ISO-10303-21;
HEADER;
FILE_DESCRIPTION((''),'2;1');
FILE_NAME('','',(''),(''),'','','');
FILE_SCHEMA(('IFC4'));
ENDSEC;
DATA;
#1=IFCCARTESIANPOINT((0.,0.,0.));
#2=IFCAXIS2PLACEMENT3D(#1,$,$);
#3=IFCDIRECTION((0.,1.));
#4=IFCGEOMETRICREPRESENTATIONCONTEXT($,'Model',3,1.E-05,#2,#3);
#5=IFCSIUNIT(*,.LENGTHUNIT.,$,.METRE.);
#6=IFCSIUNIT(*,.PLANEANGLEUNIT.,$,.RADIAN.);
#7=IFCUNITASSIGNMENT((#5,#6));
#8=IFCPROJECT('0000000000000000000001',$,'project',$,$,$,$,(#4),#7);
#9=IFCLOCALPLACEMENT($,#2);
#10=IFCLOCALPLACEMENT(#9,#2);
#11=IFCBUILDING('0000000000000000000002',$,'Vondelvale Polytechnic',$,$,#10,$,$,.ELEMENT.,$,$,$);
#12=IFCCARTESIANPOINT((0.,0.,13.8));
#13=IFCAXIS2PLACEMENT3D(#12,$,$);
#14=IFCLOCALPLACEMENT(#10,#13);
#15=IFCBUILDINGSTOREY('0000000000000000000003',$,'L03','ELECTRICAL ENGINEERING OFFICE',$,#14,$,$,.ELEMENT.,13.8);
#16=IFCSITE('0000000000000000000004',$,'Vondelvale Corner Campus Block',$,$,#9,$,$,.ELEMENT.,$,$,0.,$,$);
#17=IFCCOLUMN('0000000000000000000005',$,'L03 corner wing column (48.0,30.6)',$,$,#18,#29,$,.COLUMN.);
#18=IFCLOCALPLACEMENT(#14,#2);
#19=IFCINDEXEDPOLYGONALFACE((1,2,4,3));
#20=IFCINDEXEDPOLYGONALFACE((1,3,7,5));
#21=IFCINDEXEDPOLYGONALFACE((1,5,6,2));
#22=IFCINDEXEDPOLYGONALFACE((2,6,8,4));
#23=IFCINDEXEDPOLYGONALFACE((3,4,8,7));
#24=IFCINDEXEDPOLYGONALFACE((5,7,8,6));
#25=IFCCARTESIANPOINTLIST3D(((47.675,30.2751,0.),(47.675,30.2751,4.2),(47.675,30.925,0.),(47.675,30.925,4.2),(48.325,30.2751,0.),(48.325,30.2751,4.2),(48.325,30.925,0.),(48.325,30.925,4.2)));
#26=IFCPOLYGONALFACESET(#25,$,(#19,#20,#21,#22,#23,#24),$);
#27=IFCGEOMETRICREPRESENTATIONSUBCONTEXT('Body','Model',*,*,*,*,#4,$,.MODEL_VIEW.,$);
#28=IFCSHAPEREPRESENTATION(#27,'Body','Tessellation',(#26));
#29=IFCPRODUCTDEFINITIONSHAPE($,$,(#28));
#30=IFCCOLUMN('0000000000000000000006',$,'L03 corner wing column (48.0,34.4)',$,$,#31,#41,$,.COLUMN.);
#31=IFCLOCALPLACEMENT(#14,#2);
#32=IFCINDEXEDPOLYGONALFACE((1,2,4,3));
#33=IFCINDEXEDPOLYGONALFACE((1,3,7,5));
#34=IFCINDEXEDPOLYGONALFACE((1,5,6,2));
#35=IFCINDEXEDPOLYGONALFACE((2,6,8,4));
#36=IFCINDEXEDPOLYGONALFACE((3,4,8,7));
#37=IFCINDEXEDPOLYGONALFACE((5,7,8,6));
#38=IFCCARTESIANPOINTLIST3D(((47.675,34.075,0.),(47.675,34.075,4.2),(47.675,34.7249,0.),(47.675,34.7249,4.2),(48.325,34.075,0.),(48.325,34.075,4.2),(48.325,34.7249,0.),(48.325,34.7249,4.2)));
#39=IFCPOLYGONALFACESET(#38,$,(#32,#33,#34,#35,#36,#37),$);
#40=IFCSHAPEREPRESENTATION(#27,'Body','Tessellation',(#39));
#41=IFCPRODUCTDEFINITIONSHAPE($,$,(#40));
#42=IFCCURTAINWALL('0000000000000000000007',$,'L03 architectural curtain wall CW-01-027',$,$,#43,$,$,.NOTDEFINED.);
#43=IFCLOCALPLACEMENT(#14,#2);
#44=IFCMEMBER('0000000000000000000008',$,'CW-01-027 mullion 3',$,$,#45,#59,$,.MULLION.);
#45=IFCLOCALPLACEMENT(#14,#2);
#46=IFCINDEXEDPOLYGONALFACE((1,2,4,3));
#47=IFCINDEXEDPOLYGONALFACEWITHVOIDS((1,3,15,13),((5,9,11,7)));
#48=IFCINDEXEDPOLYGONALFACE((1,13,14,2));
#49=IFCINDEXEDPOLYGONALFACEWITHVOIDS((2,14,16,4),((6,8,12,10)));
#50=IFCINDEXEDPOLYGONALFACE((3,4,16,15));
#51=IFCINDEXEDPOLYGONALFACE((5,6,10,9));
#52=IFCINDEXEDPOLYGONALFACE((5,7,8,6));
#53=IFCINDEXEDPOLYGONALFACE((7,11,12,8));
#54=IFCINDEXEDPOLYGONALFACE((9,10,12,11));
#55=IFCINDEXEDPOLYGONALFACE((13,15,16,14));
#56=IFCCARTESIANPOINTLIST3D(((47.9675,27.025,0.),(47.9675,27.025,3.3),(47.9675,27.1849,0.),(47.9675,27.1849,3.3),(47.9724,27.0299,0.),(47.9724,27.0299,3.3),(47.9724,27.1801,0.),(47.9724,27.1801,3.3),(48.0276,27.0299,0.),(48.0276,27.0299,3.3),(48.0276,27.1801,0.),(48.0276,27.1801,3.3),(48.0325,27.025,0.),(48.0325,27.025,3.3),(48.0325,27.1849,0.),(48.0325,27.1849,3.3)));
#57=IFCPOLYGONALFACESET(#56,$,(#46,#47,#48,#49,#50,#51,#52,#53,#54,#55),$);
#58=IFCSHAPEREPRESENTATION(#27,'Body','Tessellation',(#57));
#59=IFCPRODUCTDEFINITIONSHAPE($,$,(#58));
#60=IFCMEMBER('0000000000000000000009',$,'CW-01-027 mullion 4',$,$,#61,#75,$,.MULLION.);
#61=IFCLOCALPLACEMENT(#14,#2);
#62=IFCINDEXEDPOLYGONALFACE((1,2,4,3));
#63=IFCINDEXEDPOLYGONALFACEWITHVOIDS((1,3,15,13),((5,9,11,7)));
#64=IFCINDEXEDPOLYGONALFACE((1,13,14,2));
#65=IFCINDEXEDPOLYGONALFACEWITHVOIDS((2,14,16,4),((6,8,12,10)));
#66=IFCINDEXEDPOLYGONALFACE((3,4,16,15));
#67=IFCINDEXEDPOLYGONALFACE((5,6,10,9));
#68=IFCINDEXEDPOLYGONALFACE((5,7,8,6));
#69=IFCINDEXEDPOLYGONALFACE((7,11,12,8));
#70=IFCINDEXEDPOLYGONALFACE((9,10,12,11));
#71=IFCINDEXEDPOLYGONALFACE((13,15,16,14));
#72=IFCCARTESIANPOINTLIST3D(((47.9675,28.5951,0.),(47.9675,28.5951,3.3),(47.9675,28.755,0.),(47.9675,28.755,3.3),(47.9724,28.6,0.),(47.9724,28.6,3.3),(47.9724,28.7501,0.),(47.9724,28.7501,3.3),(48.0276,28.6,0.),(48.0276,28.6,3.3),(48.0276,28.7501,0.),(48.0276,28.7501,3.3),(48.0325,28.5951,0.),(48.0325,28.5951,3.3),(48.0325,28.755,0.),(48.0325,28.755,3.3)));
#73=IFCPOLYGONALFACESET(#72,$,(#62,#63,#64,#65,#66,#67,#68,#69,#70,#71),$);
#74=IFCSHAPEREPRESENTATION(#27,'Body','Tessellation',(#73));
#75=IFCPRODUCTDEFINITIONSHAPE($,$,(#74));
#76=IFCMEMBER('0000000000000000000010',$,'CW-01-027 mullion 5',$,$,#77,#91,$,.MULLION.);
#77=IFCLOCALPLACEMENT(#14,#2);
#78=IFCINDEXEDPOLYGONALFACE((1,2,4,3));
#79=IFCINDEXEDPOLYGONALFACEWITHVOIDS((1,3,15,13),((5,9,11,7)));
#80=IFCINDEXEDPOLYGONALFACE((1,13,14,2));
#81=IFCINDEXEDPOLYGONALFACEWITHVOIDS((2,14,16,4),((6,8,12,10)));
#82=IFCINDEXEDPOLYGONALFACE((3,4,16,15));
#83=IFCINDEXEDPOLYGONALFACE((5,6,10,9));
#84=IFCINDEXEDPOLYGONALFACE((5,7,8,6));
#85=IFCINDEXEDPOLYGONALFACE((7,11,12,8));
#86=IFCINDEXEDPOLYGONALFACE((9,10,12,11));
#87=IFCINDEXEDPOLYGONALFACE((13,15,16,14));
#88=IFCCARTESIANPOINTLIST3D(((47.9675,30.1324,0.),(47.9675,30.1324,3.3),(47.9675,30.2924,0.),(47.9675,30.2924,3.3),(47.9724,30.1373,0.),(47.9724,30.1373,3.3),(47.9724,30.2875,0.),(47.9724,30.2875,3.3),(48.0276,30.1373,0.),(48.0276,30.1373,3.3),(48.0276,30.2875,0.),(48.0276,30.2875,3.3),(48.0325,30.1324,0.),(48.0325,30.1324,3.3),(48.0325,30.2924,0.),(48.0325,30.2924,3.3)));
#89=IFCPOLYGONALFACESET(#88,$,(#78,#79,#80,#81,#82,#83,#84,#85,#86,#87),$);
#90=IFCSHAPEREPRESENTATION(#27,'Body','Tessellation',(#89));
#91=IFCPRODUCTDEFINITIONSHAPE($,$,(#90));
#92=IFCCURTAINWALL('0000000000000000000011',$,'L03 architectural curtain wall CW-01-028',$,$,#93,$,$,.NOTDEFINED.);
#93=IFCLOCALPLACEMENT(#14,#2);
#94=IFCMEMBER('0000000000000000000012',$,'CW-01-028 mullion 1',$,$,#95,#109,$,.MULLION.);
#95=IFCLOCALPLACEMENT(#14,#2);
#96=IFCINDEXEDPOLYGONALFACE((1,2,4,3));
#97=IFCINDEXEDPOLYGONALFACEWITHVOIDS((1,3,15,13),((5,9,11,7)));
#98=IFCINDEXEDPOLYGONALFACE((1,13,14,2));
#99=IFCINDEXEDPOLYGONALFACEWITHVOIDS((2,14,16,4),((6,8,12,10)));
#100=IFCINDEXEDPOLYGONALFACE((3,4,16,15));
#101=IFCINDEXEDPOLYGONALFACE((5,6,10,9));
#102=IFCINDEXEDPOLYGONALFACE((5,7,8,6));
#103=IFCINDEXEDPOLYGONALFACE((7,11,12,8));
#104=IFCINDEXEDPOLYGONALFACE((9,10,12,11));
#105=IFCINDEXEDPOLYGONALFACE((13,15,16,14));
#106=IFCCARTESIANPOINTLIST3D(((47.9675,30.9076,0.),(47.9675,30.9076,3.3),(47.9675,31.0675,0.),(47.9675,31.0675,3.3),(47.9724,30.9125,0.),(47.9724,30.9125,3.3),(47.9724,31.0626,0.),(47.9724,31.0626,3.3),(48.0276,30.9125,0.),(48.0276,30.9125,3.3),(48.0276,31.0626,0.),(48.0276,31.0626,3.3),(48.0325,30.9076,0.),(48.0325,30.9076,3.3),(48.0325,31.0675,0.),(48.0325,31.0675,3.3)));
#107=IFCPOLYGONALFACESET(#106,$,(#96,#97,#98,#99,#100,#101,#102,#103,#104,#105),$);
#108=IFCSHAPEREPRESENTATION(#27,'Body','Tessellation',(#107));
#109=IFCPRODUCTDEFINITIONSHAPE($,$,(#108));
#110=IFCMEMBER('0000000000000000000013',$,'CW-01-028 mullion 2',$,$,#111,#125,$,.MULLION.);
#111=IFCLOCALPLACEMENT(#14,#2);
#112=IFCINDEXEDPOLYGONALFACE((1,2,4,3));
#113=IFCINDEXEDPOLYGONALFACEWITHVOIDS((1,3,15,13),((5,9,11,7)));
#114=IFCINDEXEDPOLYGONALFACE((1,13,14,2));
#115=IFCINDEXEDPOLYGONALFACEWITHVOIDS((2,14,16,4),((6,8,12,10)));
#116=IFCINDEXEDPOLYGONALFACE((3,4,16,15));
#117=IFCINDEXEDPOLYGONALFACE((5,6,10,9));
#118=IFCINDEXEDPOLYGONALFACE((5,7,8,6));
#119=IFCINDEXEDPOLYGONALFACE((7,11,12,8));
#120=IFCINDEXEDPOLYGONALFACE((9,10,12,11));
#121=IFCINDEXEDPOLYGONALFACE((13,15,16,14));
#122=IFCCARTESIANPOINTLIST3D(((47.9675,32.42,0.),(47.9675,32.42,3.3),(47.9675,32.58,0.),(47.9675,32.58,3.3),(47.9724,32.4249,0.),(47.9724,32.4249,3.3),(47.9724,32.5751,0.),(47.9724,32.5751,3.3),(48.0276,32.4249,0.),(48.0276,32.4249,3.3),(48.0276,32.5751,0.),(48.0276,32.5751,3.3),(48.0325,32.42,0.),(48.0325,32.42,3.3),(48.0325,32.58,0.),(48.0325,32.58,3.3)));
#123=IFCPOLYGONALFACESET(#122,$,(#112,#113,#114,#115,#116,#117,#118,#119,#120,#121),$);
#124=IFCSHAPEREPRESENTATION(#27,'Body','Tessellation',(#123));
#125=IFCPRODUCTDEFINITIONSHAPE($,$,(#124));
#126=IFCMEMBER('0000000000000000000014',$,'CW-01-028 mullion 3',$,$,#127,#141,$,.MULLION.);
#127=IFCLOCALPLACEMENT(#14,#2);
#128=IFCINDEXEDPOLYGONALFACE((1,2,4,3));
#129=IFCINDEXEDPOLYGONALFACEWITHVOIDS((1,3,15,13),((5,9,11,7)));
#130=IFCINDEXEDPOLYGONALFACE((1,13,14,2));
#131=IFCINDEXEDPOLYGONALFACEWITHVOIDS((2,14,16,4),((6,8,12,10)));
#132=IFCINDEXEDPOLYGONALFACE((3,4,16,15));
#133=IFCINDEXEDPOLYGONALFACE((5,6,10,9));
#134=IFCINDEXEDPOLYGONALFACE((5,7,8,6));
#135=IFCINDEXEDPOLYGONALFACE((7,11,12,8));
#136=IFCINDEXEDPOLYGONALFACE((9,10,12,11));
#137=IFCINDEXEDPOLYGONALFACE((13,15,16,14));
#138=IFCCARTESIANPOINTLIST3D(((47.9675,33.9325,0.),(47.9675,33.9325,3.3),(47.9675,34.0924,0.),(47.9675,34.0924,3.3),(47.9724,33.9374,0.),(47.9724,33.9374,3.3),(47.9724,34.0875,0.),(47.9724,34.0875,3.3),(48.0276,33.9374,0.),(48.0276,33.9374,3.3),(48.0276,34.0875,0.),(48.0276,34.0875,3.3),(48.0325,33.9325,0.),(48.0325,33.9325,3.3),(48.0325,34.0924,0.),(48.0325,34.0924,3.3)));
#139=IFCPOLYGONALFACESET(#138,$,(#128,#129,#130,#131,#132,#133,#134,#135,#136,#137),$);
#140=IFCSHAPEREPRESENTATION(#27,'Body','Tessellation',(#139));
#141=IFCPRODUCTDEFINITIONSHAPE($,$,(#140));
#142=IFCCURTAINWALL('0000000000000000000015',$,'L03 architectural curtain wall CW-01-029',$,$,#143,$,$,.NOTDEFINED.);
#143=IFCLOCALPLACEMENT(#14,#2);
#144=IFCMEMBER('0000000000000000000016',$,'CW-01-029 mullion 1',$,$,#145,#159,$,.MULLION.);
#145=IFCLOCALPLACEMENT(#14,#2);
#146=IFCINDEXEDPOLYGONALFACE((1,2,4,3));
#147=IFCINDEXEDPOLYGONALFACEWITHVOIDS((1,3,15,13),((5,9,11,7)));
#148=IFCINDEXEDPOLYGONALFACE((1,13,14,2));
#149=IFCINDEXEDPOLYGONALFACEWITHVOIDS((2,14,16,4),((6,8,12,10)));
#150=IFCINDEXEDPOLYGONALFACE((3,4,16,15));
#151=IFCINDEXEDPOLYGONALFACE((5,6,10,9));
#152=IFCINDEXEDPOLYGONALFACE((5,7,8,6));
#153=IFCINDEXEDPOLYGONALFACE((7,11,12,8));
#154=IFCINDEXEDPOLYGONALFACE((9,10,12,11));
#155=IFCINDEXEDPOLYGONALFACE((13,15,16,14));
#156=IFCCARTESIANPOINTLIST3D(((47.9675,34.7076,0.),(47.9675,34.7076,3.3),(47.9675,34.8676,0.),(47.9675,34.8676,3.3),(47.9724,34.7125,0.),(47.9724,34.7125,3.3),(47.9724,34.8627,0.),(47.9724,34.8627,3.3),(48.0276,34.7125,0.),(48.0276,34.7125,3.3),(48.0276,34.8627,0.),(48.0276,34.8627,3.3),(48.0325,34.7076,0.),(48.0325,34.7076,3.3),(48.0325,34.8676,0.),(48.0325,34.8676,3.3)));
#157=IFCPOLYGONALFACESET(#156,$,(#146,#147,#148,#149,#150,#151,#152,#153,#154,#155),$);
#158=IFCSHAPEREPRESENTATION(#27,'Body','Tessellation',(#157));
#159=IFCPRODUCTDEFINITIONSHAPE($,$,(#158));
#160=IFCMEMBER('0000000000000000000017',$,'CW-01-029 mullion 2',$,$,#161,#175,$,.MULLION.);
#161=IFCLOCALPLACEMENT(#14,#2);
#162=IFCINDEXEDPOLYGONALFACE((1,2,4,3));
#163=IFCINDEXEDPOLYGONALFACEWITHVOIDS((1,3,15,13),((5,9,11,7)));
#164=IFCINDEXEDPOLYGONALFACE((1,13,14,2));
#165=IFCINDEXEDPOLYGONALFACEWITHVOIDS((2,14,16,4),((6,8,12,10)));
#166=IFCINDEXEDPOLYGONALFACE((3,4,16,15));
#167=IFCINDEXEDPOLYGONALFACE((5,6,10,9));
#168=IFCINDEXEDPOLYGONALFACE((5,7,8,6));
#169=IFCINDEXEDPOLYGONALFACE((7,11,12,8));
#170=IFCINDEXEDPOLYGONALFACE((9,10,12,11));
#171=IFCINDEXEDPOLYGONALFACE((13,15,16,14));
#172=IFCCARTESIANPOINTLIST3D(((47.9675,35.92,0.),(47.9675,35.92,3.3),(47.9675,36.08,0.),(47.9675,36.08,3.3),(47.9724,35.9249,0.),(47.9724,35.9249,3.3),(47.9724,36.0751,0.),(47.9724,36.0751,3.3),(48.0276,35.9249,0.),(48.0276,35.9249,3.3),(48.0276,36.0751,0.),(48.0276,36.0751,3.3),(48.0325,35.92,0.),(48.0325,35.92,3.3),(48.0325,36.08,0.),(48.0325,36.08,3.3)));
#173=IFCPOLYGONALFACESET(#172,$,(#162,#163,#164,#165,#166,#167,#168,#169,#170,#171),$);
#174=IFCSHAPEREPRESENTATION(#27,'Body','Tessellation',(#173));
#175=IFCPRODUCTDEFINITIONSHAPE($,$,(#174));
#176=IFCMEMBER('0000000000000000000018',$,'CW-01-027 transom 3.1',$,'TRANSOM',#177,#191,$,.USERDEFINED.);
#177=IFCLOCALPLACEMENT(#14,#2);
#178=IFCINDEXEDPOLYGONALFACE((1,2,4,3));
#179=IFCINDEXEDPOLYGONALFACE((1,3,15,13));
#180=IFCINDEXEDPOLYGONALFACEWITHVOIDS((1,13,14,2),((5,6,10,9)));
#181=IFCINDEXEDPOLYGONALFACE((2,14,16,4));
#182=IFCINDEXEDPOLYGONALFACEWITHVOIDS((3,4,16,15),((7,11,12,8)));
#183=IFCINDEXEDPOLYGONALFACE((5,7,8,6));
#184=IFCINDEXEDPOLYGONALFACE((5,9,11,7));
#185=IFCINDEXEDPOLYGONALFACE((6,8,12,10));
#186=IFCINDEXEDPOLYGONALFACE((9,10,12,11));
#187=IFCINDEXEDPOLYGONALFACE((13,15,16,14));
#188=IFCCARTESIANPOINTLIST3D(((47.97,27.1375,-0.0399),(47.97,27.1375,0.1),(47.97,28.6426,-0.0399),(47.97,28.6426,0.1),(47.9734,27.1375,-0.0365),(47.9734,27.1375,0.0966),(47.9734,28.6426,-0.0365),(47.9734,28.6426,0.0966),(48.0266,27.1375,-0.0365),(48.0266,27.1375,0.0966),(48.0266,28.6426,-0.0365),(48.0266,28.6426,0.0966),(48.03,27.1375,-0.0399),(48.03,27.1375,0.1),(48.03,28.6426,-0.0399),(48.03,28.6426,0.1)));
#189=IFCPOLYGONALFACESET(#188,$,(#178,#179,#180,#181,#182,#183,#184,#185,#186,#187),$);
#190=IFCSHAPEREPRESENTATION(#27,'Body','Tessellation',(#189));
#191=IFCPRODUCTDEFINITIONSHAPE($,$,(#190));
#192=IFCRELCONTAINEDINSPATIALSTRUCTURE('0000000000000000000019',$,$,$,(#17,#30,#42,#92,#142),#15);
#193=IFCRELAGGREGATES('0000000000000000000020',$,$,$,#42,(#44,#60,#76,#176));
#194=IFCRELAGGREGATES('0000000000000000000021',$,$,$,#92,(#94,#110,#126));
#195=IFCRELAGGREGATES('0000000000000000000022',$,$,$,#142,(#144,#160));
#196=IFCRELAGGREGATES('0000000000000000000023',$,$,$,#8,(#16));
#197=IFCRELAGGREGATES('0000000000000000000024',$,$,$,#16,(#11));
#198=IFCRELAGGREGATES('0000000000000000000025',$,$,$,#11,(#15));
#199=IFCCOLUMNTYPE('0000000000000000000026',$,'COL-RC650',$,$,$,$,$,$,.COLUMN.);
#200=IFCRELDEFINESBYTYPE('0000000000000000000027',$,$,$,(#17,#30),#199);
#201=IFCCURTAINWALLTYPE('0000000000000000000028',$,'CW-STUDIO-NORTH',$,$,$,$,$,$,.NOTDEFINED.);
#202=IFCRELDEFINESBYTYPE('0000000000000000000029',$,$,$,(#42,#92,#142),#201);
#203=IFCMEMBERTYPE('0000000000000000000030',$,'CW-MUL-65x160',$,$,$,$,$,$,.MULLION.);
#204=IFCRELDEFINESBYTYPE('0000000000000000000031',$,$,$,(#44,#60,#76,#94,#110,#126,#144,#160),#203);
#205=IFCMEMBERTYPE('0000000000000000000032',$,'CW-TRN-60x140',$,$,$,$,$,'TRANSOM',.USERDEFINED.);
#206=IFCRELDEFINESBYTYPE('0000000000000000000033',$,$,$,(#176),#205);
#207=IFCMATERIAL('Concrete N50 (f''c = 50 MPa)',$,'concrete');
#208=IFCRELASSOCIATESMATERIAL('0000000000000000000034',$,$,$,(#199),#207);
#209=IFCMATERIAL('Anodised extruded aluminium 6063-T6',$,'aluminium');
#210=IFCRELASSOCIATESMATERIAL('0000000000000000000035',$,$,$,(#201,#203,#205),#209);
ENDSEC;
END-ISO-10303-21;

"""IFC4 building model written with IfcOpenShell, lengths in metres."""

from ifc_helpers import new_model, si_unit, direction, frame, origin, origin_2d, place, context, subcontext, project, spatial, rectangle, hollow_rectangle, extrude, material, material_profile, profile_set, type_object, element, aggregate, save


model = new_model("IFC4")

# Units and contexts
model_context = context("Model", 3, precision=1e-05, world=origin(), true_north=direction((0.0, 1.0)))
body_context = subcontext(model_context, "Body", "Model", "MODEL_VIEW")
ifc_project = project(units=[si_unit("LENGTHUNIT", "METRE"), si_unit("PLANEANGLEUNIT", "RADIAN")], contexts=[model_context])

# Site, building, storey
site_placement = place(None, origin())
site = spatial("IfcSite", under=ifc_project, at=site_placement, Name="Vondelvale Corner Campus Block", CompositionType="ELEMENT", RefElevation=0.0)
building_placement = place(site_placement, origin())
building = spatial("IfcBuilding", under=site, at=building_placement, Name="Vondelvale Polytechnic", CompositionType="ELEMENT")
storey_placement = place(building_placement, frame((0.0, 0.0, 13.8)))
storey = spatial("IfcBuildingStorey", under=building, at=storey_placement, Name="L03", Description="ELECTRICAL ENGINEERING OFFICE", CompositionType="ELEMENT", Elevation=13.8)

# Columns
ifc_material_1 = material(Name="Concrete N50 (f'c = 50 MPa)", Category="concrete")
ifc_material_profile_1 = material_profile(ifc_material_1, rectangle(XDim=0.6499, YDim=0.6499, at=origin_2d()), Name="RC-COL-650x650")
ifc_profile_set_1 = profile_set([ifc_material_profile_1], Name="Concrete N50 (f'c = 50 MPa)")
column_type = type_object("IfcColumnType", Name="COL-RC650", PredefinedType="COLUMN", material=ifc_profile_set_1)
for number, where, z_axis, x_axis, name in (
    (1, (48.0, 30.6001, 0.0), (0.0, 0.0, 1.0), (1.0, 0.0, 0.0), "L03 corner wing column (48.0,30.6)"),
    (2, (48.0, 34.3999, 0.0), (0.0, 0.0, 1.0), (1.0, 0.0, 0.0), "L03 corner wing column (48.0,34.4)"),
):
    element("IfcColumn", number, at=place(storey_placement, frame(where, z_axis=z_axis, x_axis=x_axis)), inside=storey, type_object=column_type, Name=name, PredefinedType="COLUMN", context=body_context, shape_type="SweptSolid", body=[
        extrude(rectangle(XDim=0.6499, YDim=0.6499, at=origin_2d()), origin(), (0.0, 0.0, 1.0), 4.2),
    ])

# Curtain walls, members
ifc_material_2 = material(Name="Anodised extruded aluminium 6063-T6", Category="aluminium")
curtain_wall_type = type_object("IfcCurtainWallType", Name="CW-STUDIO-NORTH", PredefinedType="NOTDEFINED", material=ifc_material_2)
curtain_wall_1_placement = place(storey_placement, origin())
curtain_wall_1 = element("IfcCurtainWall", 3, at=curtain_wall_1_placement, inside=storey, type_object=curtain_wall_type, Name="L03 architectural curtain wall CW-01-027", PredefinedType="NOTDEFINED")
ifc_material_profile_2 = material_profile(ifc_material_2, hollow_rectangle(XDim=0.0649, YDim=0.1599, WallThickness=0.0049, at=origin_2d()), Name="CW-MUL-160x65")
ifc_profile_set_2 = profile_set([ifc_material_profile_2], Name="Anodised extruded aluminium 6063-T6")
member_type_1 = type_object("IfcMemberType", Name="CW-MUL-65x160", PredefinedType="MULLION", material=ifc_profile_set_2)
member_1_placement = place(storey_placement, frame((48.0, 27.105, 0.0), z_axis=(0.0, 0.0, 1.0), x_axis=(-1.0, 0.0, 0.0)))
member_1 = element("IfcMember", 4, at=member_1_placement, type_object=member_type_1, Name="CW-01-027 mullion 3", PredefinedType="MULLION", context=body_context, shape_type="SweptSolid", body=[
    extrude(hollow_rectangle(XDim=0.0649, YDim=0.1599, WallThickness=0.0049, at=origin_2d()), origin(), (0.0, 0.0, 1.0), 3.3),
])
member_2_placement = place(storey_placement, frame((48.0, 28.675, 0.0), z_axis=(0.0, 0.0, 1.0), x_axis=(-1.0, 0.0, 0.0)))
member_2 = element("IfcMember", 5, at=member_2_placement, type_object=member_type_1, Name="CW-01-027 mullion 4", PredefinedType="MULLION", context=body_context, shape_type="SweptSolid", body=[
    extrude(hollow_rectangle(XDim=0.0649, YDim=0.1599, WallThickness=0.0049, at=origin_2d()), origin(), (0.0, 0.0, 1.0), 3.3),
])
member_3_placement = place(storey_placement, frame((48.0, 30.2124, 0.0), z_axis=(0.0, 0.0, 1.0), x_axis=(-1.0, 0.0, 0.0)))
member_3 = element("IfcMember", 6, at=member_3_placement, type_object=member_type_1, Name="CW-01-027 mullion 5", PredefinedType="MULLION", context=body_context, shape_type="SweptSolid", body=[
    extrude(hollow_rectangle(XDim=0.0649, YDim=0.1599, WallThickness=0.0049, at=origin_2d()), origin(), (0.0, 0.0, 1.0), 3.3),
])
curtain_wall_2_placement = place(storey_placement, origin())
curtain_wall_2 = element("IfcCurtainWall", 7, at=curtain_wall_2_placement, inside=storey, type_object=curtain_wall_type, Name="L03 architectural curtain wall CW-01-028", PredefinedType="NOTDEFINED")
member_4_placement = place(storey_placement, frame((48.0, 30.9875, 0.0), z_axis=(0.0, 0.0, 1.0), x_axis=(-1.0, 0.0, 0.0)))
member_4 = element("IfcMember", 8, at=member_4_placement, type_object=member_type_1, Name="CW-01-028 mullion 1", PredefinedType="MULLION", context=body_context, shape_type="SweptSolid", body=[
    extrude(hollow_rectangle(XDim=0.0649, YDim=0.1599, WallThickness=0.0049, at=origin_2d()), origin(), (0.0, 0.0, 1.0), 3.3),
])
member_5_placement = place(storey_placement, frame((48.0, 32.5, 0.0), z_axis=(0.0, 0.0, 1.0), x_axis=(-1.0, 0.0, 0.0)))
member_5 = element("IfcMember", 9, at=member_5_placement, type_object=member_type_1, Name="CW-01-028 mullion 2", PredefinedType="MULLION", context=body_context, shape_type="SweptSolid", body=[
    extrude(hollow_rectangle(XDim=0.0649, YDim=0.1599, WallThickness=0.0049, at=origin_2d()), origin(), (0.0, 0.0, 1.0), 3.3),
])
member_6_placement = place(storey_placement, frame((48.0, 34.0125, 0.0), z_axis=(0.0, 0.0, 1.0), x_axis=(-1.0, 0.0, 0.0)))
member_6 = element("IfcMember", 10, at=member_6_placement, type_object=member_type_1, Name="CW-01-028 mullion 3", PredefinedType="MULLION", context=body_context, shape_type="SweptSolid", body=[
    extrude(hollow_rectangle(XDim=0.0649, YDim=0.1599, WallThickness=0.0049, at=origin_2d()), origin(), (0.0, 0.0, 1.0), 3.3),
])
curtain_wall_3_placement = place(storey_placement, origin())
curtain_wall_3 = element("IfcCurtainWall", 11, at=curtain_wall_3_placement, inside=storey, type_object=curtain_wall_type, Name="L03 architectural curtain wall CW-01-029", PredefinedType="NOTDEFINED")
member_7_placement = place(storey_placement, frame((48.0, 34.7876, 0.0), z_axis=(0.0, 0.0, 1.0), x_axis=(-1.0, 0.0, 0.0)))
member_7 = element("IfcMember", 12, at=member_7_placement, type_object=member_type_1, Name="CW-01-029 mullion 1", PredefinedType="MULLION", context=body_context, shape_type="SweptSolid", body=[
    extrude(hollow_rectangle(XDim=0.0649, YDim=0.1599, WallThickness=0.0049, at=origin_2d()), origin(), (0.0, 0.0, 1.0), 3.3),
])
member_8_placement = place(storey_placement, frame((48.0, 36.0, 0.0), z_axis=(0.0, 0.0, 1.0), x_axis=(-1.0, 0.0, 0.0)))
member_8 = element("IfcMember", 13, at=member_8_placement, type_object=member_type_1, Name="CW-01-029 mullion 2", PredefinedType="MULLION", context=body_context, shape_type="SweptSolid", body=[
    extrude(hollow_rectangle(XDim=0.0649, YDim=0.1599, WallThickness=0.0049, at=origin_2d()), origin(), (0.0, 0.0, 1.0), 3.3),
])

# Member
ifc_material_profile_3 = material_profile(ifc_material_2, hollow_rectangle(XDim=0.0601, YDim=0.1399, WallThickness=0.0034, at=origin_2d()), Name="CW-TRN-140x60")
ifc_profile_set_3 = profile_set([ifc_material_profile_3], Name="Anodised extruded aluminium 6063-T6")
member_type_2 = type_object("IfcMemberType", Name="CW-TRN-60x140", ElementType="TRANSOM", PredefinedType="USERDEFINED", material=ifc_profile_set_3)
member_9_placement = place(storey_placement, frame((48.0, 27.1375, 0.03), z_axis=(0.0, 1.0, 0.0), x_axis=(-1.0, 0.0, 0.0)))
member_9 = element("IfcMember", 14, at=member_9_placement, type_object=member_type_2, Name="CW-01-027 transom 3.1", ObjectType="TRANSOM", PredefinedType="USERDEFINED", context=body_context, shape_type="SweptSolid", body=[
    extrude(hollow_rectangle(XDim=0.0601, YDim=0.1399, WallThickness=0.0034, at=origin_2d()), origin(), (0.0, 0.0, 1.0), 1.5051),
])

aggregate(curtain_wall_1, [member_1, member_2, member_3, member_9])
aggregate(curtain_wall_2, [member_4, member_5, member_6])
aggregate(curtain_wall_3, [member_7, member_8])

save(model, "model.ifc")
